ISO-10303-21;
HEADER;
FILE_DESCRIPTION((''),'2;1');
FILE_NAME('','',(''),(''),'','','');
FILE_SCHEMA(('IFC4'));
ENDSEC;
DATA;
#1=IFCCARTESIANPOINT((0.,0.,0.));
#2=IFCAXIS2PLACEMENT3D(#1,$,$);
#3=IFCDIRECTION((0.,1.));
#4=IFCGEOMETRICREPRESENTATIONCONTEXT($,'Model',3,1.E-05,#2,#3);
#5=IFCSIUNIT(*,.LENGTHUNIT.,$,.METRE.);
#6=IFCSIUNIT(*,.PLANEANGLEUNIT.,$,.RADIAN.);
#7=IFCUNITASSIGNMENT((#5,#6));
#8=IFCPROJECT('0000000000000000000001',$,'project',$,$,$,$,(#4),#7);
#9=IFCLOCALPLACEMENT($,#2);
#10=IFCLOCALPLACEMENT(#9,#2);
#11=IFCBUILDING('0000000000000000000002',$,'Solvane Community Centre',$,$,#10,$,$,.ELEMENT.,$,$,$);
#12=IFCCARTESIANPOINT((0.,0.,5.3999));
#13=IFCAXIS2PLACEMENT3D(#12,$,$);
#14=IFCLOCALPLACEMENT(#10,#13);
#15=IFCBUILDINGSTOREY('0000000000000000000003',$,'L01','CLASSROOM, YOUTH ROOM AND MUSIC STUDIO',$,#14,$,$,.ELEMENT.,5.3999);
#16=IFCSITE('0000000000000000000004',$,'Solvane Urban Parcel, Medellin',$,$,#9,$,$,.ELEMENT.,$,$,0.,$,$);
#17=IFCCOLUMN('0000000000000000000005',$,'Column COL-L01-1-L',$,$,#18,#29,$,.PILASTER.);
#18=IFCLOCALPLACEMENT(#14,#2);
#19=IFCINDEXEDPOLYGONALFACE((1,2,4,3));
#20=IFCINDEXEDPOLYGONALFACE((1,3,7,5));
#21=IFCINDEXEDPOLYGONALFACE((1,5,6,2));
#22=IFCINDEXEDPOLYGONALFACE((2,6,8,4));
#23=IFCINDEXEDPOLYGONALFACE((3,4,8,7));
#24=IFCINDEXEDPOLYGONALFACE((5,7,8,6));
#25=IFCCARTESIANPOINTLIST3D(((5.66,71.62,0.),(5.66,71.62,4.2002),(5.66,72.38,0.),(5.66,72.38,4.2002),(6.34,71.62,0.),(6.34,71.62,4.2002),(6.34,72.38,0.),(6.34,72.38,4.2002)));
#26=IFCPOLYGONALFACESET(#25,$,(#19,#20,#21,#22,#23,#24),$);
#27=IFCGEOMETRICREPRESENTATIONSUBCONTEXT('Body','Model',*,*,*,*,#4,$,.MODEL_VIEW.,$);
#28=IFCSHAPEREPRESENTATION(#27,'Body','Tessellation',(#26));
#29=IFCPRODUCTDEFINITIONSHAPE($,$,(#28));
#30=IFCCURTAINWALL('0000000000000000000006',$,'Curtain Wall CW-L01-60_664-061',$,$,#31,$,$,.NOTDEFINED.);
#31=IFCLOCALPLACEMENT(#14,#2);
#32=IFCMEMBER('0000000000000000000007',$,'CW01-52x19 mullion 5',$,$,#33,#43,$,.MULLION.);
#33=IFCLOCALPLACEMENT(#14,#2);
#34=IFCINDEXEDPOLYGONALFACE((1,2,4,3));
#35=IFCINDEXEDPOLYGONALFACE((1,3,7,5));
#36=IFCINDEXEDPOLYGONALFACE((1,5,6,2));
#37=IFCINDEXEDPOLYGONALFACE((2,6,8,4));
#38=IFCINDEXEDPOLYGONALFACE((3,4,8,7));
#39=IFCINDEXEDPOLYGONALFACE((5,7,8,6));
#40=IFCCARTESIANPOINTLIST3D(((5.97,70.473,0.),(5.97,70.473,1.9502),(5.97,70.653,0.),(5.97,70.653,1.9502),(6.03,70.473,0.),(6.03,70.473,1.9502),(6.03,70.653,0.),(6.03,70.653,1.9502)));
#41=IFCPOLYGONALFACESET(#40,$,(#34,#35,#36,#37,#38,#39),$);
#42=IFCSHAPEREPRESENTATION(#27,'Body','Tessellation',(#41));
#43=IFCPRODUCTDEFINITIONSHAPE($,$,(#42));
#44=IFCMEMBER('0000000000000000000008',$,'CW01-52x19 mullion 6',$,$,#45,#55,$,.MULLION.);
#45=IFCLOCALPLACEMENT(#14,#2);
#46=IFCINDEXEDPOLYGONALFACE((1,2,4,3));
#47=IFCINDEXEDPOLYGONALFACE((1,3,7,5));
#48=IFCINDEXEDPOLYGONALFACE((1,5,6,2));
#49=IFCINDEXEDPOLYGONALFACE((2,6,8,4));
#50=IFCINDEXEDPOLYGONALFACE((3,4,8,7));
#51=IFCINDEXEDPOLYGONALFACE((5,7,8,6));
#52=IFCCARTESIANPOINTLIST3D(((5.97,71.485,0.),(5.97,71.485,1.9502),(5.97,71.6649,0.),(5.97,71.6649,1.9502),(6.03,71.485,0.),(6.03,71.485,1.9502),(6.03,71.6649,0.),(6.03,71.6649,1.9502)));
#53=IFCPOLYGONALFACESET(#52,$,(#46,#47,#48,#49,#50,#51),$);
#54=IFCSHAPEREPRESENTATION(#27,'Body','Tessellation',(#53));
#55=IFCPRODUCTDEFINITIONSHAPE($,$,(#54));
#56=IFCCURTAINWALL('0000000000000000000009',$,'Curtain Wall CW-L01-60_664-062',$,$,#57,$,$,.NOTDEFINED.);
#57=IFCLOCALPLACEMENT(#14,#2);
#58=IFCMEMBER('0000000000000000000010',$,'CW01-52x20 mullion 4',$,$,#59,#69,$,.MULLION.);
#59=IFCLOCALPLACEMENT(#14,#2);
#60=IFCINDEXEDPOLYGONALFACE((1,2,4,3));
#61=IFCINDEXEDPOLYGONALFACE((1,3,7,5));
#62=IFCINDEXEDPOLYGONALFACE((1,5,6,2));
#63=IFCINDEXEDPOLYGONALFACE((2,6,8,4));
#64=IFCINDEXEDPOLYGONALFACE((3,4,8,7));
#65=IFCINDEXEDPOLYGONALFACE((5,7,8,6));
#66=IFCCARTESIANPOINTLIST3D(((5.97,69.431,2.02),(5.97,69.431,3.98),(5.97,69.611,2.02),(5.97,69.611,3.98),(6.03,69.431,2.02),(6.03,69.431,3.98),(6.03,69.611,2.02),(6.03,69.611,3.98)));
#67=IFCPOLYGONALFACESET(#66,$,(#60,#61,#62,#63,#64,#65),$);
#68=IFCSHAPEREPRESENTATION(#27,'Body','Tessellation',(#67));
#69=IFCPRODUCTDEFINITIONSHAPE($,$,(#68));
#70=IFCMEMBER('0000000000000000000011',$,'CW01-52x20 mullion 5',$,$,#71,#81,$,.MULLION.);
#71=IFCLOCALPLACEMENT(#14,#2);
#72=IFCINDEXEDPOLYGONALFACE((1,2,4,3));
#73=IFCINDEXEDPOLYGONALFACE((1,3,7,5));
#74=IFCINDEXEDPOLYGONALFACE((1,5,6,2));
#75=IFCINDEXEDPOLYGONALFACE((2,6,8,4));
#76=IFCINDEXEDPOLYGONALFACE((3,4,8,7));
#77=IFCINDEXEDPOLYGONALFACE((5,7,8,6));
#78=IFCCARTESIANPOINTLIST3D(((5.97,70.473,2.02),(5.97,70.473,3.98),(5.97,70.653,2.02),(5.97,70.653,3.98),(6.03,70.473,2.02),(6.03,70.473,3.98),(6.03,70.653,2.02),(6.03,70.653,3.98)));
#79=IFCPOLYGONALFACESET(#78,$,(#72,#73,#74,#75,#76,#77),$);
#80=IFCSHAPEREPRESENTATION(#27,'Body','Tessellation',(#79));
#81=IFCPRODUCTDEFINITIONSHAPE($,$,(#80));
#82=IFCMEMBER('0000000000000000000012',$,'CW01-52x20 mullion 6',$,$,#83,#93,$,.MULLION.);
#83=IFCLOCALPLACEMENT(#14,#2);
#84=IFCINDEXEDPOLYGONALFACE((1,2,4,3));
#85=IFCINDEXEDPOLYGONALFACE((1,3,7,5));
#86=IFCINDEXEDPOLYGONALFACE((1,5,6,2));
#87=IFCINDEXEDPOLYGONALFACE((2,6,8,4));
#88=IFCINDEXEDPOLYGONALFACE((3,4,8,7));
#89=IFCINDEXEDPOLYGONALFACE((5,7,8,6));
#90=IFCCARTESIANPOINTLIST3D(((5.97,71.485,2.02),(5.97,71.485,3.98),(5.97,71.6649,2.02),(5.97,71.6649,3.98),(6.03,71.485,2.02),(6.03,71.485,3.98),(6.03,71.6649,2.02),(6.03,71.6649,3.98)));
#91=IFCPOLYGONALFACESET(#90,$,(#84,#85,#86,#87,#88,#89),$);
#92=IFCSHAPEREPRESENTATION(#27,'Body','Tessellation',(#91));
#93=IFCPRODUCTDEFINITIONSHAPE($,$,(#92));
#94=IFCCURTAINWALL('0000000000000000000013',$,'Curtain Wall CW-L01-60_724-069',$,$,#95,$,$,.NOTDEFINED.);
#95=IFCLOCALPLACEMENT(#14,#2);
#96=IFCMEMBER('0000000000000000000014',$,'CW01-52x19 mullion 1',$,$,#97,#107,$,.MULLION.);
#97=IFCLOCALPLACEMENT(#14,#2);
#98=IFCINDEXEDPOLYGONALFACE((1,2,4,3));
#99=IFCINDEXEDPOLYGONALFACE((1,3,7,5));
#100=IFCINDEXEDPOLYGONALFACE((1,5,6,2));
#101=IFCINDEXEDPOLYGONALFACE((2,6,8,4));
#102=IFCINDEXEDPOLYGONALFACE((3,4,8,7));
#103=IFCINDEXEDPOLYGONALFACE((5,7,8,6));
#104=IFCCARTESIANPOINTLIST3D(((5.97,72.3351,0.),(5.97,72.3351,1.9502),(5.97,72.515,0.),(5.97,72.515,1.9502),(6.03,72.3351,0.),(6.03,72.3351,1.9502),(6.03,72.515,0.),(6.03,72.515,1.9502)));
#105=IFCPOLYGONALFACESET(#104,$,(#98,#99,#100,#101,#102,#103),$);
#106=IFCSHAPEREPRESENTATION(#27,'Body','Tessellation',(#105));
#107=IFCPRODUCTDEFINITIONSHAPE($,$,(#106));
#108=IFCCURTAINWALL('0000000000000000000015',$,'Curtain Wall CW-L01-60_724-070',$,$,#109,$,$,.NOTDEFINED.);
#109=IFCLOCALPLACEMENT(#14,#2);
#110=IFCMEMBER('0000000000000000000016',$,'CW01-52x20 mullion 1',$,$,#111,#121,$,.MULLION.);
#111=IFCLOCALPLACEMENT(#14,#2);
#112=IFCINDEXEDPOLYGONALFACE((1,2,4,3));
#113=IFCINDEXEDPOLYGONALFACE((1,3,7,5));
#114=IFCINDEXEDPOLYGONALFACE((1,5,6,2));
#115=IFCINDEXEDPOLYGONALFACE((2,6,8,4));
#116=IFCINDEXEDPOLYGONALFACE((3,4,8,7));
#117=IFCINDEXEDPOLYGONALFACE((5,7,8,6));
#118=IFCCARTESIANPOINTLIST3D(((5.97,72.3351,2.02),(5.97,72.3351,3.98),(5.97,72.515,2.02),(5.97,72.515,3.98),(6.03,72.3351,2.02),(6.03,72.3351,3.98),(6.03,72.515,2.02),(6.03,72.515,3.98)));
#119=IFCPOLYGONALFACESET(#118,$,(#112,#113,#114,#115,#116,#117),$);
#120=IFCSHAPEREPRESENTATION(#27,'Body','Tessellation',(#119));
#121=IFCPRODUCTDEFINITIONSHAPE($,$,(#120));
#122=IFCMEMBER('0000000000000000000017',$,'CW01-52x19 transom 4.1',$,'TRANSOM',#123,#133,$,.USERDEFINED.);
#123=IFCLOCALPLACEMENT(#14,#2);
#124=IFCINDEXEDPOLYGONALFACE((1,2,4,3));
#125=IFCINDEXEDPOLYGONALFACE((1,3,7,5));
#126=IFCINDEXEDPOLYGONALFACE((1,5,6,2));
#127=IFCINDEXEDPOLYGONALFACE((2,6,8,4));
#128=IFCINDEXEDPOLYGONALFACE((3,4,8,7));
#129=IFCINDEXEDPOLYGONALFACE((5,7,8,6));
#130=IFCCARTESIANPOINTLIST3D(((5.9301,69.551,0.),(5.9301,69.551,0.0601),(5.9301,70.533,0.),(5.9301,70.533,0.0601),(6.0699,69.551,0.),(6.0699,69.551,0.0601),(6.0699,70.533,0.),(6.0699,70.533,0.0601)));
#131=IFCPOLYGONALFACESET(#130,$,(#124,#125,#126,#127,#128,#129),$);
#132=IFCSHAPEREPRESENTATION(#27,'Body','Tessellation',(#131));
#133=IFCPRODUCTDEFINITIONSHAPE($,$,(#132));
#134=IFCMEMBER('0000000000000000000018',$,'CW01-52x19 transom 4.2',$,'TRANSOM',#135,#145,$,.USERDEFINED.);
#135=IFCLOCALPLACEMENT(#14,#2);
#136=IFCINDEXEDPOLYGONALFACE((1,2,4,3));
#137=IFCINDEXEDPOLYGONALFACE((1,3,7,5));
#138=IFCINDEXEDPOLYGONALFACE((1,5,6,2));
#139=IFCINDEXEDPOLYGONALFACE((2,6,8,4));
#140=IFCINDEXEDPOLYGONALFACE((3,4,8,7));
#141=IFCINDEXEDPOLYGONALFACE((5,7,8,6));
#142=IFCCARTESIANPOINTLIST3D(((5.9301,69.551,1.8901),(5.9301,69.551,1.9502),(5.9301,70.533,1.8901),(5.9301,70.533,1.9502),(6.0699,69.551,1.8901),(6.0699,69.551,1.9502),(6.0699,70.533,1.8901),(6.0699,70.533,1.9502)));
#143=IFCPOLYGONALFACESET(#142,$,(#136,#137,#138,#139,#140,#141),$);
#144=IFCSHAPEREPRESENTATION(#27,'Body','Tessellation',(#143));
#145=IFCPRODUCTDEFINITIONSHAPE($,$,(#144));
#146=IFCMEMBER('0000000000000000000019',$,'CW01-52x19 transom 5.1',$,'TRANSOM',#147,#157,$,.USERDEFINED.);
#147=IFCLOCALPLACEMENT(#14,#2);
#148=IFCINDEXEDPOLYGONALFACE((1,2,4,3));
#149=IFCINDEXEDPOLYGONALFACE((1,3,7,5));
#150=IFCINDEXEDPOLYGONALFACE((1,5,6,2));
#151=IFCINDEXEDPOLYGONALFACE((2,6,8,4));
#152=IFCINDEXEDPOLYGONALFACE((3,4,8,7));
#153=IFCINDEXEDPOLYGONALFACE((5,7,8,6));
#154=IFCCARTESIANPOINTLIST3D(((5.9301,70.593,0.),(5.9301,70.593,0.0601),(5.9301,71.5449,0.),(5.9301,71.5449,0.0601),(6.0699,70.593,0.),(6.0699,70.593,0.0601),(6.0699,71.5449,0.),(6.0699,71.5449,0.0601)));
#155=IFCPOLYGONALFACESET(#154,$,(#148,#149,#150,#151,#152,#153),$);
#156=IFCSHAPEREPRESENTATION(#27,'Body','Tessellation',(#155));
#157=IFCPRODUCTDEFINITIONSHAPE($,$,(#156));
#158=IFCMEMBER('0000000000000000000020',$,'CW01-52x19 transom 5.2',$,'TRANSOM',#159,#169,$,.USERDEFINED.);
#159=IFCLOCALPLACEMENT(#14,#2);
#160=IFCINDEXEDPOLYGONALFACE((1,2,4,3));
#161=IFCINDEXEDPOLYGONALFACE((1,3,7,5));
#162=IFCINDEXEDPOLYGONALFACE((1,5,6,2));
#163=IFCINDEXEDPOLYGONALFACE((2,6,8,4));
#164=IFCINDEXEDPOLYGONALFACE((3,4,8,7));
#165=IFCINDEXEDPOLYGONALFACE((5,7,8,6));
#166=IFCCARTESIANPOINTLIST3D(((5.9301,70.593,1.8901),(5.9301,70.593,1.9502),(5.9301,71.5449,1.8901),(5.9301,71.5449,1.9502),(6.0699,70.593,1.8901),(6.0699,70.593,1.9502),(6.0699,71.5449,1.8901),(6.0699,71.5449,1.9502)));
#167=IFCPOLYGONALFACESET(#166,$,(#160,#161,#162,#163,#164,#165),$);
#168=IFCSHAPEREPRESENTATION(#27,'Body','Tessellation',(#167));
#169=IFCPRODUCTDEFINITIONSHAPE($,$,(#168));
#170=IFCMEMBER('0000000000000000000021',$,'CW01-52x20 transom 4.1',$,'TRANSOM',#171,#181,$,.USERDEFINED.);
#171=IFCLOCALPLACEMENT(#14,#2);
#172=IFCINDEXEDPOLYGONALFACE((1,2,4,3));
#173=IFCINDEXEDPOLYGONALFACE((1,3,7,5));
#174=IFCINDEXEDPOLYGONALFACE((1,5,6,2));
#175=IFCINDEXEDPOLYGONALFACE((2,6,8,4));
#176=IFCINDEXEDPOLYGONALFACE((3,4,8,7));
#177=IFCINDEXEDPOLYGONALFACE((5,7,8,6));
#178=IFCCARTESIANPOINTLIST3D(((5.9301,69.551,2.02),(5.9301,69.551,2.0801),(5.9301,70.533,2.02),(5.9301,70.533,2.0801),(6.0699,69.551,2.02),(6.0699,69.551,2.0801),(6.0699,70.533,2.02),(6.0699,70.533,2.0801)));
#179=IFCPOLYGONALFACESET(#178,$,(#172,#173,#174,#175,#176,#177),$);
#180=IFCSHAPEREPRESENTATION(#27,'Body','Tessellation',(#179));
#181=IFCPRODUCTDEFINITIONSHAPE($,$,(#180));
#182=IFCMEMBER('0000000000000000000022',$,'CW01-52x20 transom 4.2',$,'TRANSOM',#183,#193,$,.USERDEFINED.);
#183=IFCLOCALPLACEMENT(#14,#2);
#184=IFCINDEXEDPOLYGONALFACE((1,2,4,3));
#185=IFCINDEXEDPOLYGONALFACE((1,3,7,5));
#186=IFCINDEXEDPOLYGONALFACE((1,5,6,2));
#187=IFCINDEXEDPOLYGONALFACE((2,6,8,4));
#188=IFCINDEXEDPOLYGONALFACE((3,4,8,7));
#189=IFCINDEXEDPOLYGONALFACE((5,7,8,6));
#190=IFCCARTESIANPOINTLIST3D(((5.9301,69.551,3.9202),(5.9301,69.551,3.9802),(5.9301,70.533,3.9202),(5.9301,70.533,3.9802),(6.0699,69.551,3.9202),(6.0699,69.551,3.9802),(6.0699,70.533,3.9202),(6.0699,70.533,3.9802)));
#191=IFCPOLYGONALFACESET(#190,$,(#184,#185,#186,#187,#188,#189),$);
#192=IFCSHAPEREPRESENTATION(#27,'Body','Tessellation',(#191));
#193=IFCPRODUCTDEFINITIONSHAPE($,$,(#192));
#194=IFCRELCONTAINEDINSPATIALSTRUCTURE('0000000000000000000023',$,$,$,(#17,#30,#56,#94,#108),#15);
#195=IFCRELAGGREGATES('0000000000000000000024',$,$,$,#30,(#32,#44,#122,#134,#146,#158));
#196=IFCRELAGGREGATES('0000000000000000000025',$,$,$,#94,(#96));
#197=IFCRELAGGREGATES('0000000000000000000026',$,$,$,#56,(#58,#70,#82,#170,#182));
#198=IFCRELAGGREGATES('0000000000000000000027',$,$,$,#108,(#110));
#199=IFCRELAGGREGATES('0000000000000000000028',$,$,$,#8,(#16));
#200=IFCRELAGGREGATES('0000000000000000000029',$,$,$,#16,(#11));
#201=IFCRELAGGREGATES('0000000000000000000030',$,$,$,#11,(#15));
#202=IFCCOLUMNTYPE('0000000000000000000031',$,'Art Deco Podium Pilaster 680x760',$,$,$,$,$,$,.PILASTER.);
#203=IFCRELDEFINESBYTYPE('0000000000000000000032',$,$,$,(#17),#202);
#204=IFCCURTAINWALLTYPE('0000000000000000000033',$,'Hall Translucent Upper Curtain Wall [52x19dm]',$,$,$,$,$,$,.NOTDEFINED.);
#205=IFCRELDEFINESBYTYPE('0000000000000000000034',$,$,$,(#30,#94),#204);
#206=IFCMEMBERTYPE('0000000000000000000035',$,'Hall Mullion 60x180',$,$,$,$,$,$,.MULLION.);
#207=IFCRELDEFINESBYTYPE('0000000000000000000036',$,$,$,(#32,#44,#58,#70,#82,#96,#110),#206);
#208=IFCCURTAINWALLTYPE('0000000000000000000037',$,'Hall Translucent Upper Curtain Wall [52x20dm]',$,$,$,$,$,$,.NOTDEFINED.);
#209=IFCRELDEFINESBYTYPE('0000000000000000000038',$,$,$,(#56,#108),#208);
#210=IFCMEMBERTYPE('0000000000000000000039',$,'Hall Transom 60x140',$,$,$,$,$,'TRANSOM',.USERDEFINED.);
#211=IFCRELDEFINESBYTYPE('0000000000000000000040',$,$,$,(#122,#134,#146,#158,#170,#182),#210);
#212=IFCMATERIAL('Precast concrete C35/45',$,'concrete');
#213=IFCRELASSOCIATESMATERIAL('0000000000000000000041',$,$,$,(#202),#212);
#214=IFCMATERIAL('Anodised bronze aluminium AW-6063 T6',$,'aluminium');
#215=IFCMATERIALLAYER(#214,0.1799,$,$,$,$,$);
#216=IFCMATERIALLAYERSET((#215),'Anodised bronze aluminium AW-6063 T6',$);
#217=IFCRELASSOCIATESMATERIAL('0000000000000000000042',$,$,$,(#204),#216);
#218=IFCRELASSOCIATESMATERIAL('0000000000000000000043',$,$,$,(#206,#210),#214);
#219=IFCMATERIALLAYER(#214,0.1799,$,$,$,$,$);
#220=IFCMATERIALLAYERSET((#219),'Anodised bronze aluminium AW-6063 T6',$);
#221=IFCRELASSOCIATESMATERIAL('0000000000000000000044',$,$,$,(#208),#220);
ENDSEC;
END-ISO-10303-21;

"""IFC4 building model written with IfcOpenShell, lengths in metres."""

from ifc_helpers import new_model, si_unit, direction, frame, origin, origin_2d, place, context, subcontext, project, spatial, rectangle, extrude, material, layer, layer_set, material_profile, profile_set, type_object, element, aggregate, save


model = new_model("IFC4")

# Units and contexts
model_context = context("Model", 3, precision=1e-05, world=origin(), true_north=direction((0.0, 1.0)))
body_context = subcontext(model_context, "Body", "Model", "MODEL_VIEW")
ifc_project = project(units=[si_unit("LENGTHUNIT", "METRE"), si_unit("PLANEANGLEUNIT", "RADIAN")], contexts=[model_context])

# Site, building, storey
site_placement = place(None, origin())
site = spatial("IfcSite", under=ifc_project, at=site_placement, Name="Solvane Urban Parcel, Medellin", CompositionType="ELEMENT", RefElevation=0.0)
building_placement = place(site_placement, origin())
building = spatial("IfcBuilding", under=site, at=building_placement, Name="Solvane Community Centre", CompositionType="ELEMENT")
storey_placement = place(building_placement, frame((0.0, 0.0, 5.3999)))
storey = spatial("IfcBuildingStorey", under=building, at=storey_placement, Name="L01", Description="CLASSROOM, YOUTH ROOM AND MUSIC STUDIO", CompositionType="ELEMENT", Elevation=5.3999)

# Column
ifc_material_1 = material(Name="Precast concrete C35/45", Category="concrete")
ifc_material_profile_1 = material_profile(ifc_material_1, rectangle(XDim=0.6799, YDim=0.76, at=origin_2d()), Name="RC 680x760")
ifc_profile_set_1 = profile_set([ifc_material_profile_1], Name="Precast concrete C35/45")
column_type = type_object("IfcColumnType", Name="Art Deco Podium Pilaster 680x760", PredefinedType="PILASTER", material=ifc_profile_set_1)
column_placement = place(storey_placement, frame((6.0, 72.0, 0.0), z_axis=(0.0, 0.0, 1.0), x_axis=(1.0, 0.0, 0.0)))
element("IfcColumn", 1, at=column_placement, inside=storey, type_object=column_type, Name="Column COL-L01-1-L", PredefinedType="PILASTER", context=body_context, shape_type="SweptSolid", body=[
    extrude(rectangle(XDim=0.6799, YDim=0.76, at=origin_2d()), origin(), (0.0, 0.0, 1.0), 4.2002),
])

# Curtain walls, members
ifc_material_2 = material(Name="Anodised bronze aluminium AW-6063 T6", Category="aluminium")
ifc_layer_1 = layer(ifc_material_2, 0.1799)
ifc_layer_set_1 = layer_set([ifc_layer_1], Name="Anodised bronze aluminium AW-6063 T6")
curtain_wall_type_1 = type_object("IfcCurtainWallType", Name="Hall Translucent Upper Curtain Wall [52x19dm]", PredefinedType="NOTDEFINED", material=ifc_layer_set_1)
curtain_wall_1_placement = place(storey_placement, origin())
curtain_wall_1 = element("IfcCurtainWall", 2, at=curtain_wall_1_placement, inside=storey, type_object=curtain_wall_type_1, Name="Curtain Wall CW-L01-60_664-061", PredefinedType="NOTDEFINED")
ifc_material_profile_2 = material_profile(ifc_material_2, rectangle(XDim=0.0601, YDim=0.1799, at=origin_2d()), Name="CW-M 60x180")
ifc_profile_set_2 = profile_set([ifc_material_profile_2], Name="Anodised bronze aluminium AW-6063 T6")
member_type_1 = type_object("IfcMemberType", Name="Hall Mullion 60x180", PredefinedType="MULLION", material=ifc_profile_set_2)
member_1_placement = place(storey_placement, frame((6.0, 70.563, 0.0), z_axis=(0.0, 0.0, 1.0), x_axis=(-1.0, 0.0, 0.0)))
member_1 = element("IfcMember", 3, at=member_1_placement, type_object=member_type_1, Name="CW01-52x19 mullion 5", PredefinedType="MULLION", context=body_context, shape_type="SweptSolid", body=[
    extrude(rectangle(XDim=0.0601, YDim=0.1799, at=origin_2d()), origin(), (0.0, 0.0, 1.0), 1.9502),
])
member_2_placement = place(storey_placement, frame((6.0, 71.575, 0.0), z_axis=(0.0, 0.0, 1.0), x_axis=(-1.0, 0.0, 0.0)))
member_2 = element("IfcMember", 4, at=member_2_placement, type_object=member_type_1, Name="CW01-52x19 mullion 6", PredefinedType="MULLION", context=body_context, shape_type="SweptSolid", body=[
    extrude(rectangle(XDim=0.0601, YDim=0.1799, at=origin_2d()), origin(), (0.0, 0.0, 1.0), 1.9502),
])
ifc_layer_2 = layer(ifc_material_2, 0.1799)
ifc_layer_set_2 = layer_set([ifc_layer_2], Name="Anodised bronze aluminium AW-6063 T6")
curtain_wall_type_2 = type_object("IfcCurtainWallType", Name="Hall Translucent Upper Curtain Wall [52x20dm]", PredefinedType="NOTDEFINED", material=ifc_layer_set_2)
curtain_wall_2_placement = place(storey_placement, origin())
curtain_wall_2 = element("IfcCurtainWall", 5, at=curtain_wall_2_placement, inside=storey, type_object=curtain_wall_type_2, Name="Curtain Wall CW-L01-60_664-062", PredefinedType="NOTDEFINED")
member_3_placement = place(storey_placement, frame((6.0, 69.521, 2.02), z_axis=(0.0, 0.0, 1.0), x_axis=(-1.0, 0.0, 0.0)))
member_3 = element("IfcMember", 6, at=member_3_placement, type_object=member_type_1, Name="CW01-52x20 mullion 4", PredefinedType="MULLION", context=body_context, shape_type="SweptSolid", body=[
    extrude(rectangle(XDim=0.0601, YDim=0.1799, at=origin_2d()), origin(), (0.0, 0.0, 1.0), 1.96),
])
member_4_placement = place(storey_placement, frame((6.0, 70.563, 2.02), z_axis=(0.0, 0.0, 1.0), x_axis=(-1.0, 0.0, 0.0)))
member_4 = element("IfcMember", 7, at=member_4_placement, type_object=member_type_1, Name="CW01-52x20 mullion 5", PredefinedType="MULLION", context=body_context, shape_type="SweptSolid", body=[
    extrude(rectangle(XDim=0.0601, YDim=0.1799, at=origin_2d()), origin(), (0.0, 0.0, 1.0), 1.96),
])
member_5_placement = place(storey_placement, frame((6.0, 71.575, 2.02), z_axis=(0.0, 0.0, 1.0), x_axis=(-1.0, 0.0, 0.0)))
member_5 = element("IfcMember", 8, at=member_5_placement, type_object=member_type_1, Name="CW01-52x20 mullion 6", PredefinedType="MULLION", context=body_context, shape_type="SweptSolid", body=[
    extrude(rectangle(XDim=0.0601, YDim=0.1799, at=origin_2d()), origin(), (0.0, 0.0, 1.0), 1.96),
])

# Curtain walls, members
curtain_wall_3_placement = place(storey_placement, origin())
curtain_wall_3 = element("IfcCurtainWall", 9, at=curtain_wall_3_placement, inside=storey, type_object=curtain_wall_type_1, Name="Curtain Wall CW-L01-60_724-069", PredefinedType="NOTDEFINED")
member_6_placement = place(storey_placement, frame((6.0, 72.425, 0.0), z_axis=(0.0, 0.0, 1.0), x_axis=(-1.0, 0.0, 0.0)))
member_6 = element("IfcMember", 10, at=member_6_placement, type_object=member_type_1, Name="CW01-52x19 mullion 1", PredefinedType="MULLION", context=body_context, shape_type="SweptSolid", body=[
    extrude(rectangle(XDim=0.0601, YDim=0.1799, at=origin_2d()), origin(), (0.0, 0.0, 1.0), 1.9502),
])
curtain_wall_4_placement = place(storey_placement, origin())
curtain_wall_4 = element("IfcCurtainWall", 11, at=curtain_wall_4_placement, inside=storey, type_object=curtain_wall_type_2, Name="Curtain Wall CW-L01-60_724-070", PredefinedType="NOTDEFINED")
member_7_placement = place(storey_placement, frame((6.0, 72.425, 2.02), z_axis=(0.0, 0.0, 1.0), x_axis=(-1.0, 0.0, 0.0)))
member_7 = element("IfcMember", 12, at=member_7_placement, type_object=member_type_1, Name="CW01-52x20 mullion 1", PredefinedType="MULLION", context=body_context, shape_type="SweptSolid", body=[
    extrude(rectangle(XDim=0.0601, YDim=0.1799, at=origin_2d()), origin(), (0.0, 0.0, 1.0), 1.96),
])

# Members
ifc_material_profile_3 = material_profile(ifc_material_2, rectangle(XDim=0.1399, YDim=0.0601, at=origin_2d()), Name="CW-T 60x140")
ifc_profile_set_3 = profile_set([ifc_material_profile_3], Name="Anodised bronze aluminium AW-6063 T6")
member_type_2 = type_object("IfcMemberType", Name="Hall Transom 60x140", ElementType="TRANSOM", PredefinedType="USERDEFINED", material=ifc_profile_set_3)
member_8_placement = place(storey_placement, frame((6.0, 69.551, 0.03), z_axis=(0.0, 1.0, 0.0), x_axis=(-1.0, 0.0, 0.0)))
member_8 = element("IfcMember", 13, at=member_8_placement, type_object=member_type_2, Name="CW01-52x19 transom 4.1", ObjectType="TRANSOM", PredefinedType="USERDEFINED", context=body_context, shape_type="SweptSolid", body=[
    extrude(rectangle(XDim=0.1399, YDim=0.0601, at=origin_2d()), origin(), (0.0, 0.0, 1.0), 0.9819),
])
member_9_placement = place(storey_placement, frame((6.0, 69.551, 1.9202), z_axis=(0.0, 1.0, 0.0), x_axis=(-1.0, 0.0, 0.0)))
member_9 = element("IfcMember", 14, at=member_9_placement, type_object=member_type_2, Name="CW01-52x19 transom 4.2", ObjectType="TRANSOM", PredefinedType="USERDEFINED", context=body_context, shape_type="SweptSolid", body=[
    extrude(rectangle(XDim=0.1399, YDim=0.0601, at=origin_2d()), origin(), (0.0, 0.0, 1.0), 0.9819),
])
member_10_placement = place(storey_placement, frame((6.0, 70.593, 0.03), z_axis=(0.0, 1.0, 0.0), x_axis=(-1.0, 0.0, 0.0)))
member_10 = element("IfcMember", 15, at=member_10_placement, type_object=member_type_2, Name="CW01-52x19 transom 5.1", ObjectType="TRANSOM", PredefinedType="USERDEFINED", context=body_context, shape_type="SweptSolid", body=[
    extrude(rectangle(XDim=0.1399, YDim=0.0601, at=origin_2d()), origin(), (0.0, 0.0, 1.0), 0.9519),
])
member_11_placement = place(storey_placement, frame((6.0, 70.593, 1.9202), z_axis=(0.0, 1.0, 0.0), x_axis=(-1.0, 0.0, 0.0)))
member_11 = element("IfcMember", 16, at=member_11_placement, type_object=member_type_2, Name="CW01-52x19 transom 5.2", ObjectType="TRANSOM", PredefinedType="USERDEFINED", context=body_context, shape_type="SweptSolid", body=[
    extrude(rectangle(XDim=0.1399, YDim=0.0601, at=origin_2d()), origin(), (0.0, 0.0, 1.0), 0.9519),
])
member_12_placement = place(storey_placement, frame((6.0, 69.551, 2.05), z_axis=(0.0, 1.0, 0.0), x_axis=(-1.0, 0.0, 0.0)))
member_12 = element("IfcMember", 17, at=member_12_placement, type_object=member_type_2, Name="CW01-52x20 transom 4.1", ObjectType="TRANSOM", PredefinedType="USERDEFINED", context=body_context, shape_type="SweptSolid", body=[
    extrude(rectangle(XDim=0.1399, YDim=0.0601, at=origin_2d()), origin(), (0.0, 0.0, 1.0), 0.9819),
])
member_13_placement = place(storey_placement, frame((6.0, 69.551, 3.9502), z_axis=(0.0, 1.0, 0.0), x_axis=(-1.0, 0.0, 0.0)))
member_13 = element("IfcMember", 18, at=member_13_placement, type_object=member_type_2, Name="CW01-52x20 transom 4.2", ObjectType="TRANSOM", PredefinedType="USERDEFINED", context=body_context, shape_type="SweptSolid", body=[
    extrude(rectangle(XDim=0.1399, YDim=0.0601, at=origin_2d()), origin(), (0.0, 0.0, 1.0), 0.9819),
])

aggregate(curtain_wall_1, [member_1, member_2, member_8, member_9, member_10, member_11])
aggregate(curtain_wall_3, [member_6])
aggregate(curtain_wall_2, [member_3, member_4, member_5, member_12, member_13])
aggregate(curtain_wall_4, [member_7])

save(model, "model.ifc")
